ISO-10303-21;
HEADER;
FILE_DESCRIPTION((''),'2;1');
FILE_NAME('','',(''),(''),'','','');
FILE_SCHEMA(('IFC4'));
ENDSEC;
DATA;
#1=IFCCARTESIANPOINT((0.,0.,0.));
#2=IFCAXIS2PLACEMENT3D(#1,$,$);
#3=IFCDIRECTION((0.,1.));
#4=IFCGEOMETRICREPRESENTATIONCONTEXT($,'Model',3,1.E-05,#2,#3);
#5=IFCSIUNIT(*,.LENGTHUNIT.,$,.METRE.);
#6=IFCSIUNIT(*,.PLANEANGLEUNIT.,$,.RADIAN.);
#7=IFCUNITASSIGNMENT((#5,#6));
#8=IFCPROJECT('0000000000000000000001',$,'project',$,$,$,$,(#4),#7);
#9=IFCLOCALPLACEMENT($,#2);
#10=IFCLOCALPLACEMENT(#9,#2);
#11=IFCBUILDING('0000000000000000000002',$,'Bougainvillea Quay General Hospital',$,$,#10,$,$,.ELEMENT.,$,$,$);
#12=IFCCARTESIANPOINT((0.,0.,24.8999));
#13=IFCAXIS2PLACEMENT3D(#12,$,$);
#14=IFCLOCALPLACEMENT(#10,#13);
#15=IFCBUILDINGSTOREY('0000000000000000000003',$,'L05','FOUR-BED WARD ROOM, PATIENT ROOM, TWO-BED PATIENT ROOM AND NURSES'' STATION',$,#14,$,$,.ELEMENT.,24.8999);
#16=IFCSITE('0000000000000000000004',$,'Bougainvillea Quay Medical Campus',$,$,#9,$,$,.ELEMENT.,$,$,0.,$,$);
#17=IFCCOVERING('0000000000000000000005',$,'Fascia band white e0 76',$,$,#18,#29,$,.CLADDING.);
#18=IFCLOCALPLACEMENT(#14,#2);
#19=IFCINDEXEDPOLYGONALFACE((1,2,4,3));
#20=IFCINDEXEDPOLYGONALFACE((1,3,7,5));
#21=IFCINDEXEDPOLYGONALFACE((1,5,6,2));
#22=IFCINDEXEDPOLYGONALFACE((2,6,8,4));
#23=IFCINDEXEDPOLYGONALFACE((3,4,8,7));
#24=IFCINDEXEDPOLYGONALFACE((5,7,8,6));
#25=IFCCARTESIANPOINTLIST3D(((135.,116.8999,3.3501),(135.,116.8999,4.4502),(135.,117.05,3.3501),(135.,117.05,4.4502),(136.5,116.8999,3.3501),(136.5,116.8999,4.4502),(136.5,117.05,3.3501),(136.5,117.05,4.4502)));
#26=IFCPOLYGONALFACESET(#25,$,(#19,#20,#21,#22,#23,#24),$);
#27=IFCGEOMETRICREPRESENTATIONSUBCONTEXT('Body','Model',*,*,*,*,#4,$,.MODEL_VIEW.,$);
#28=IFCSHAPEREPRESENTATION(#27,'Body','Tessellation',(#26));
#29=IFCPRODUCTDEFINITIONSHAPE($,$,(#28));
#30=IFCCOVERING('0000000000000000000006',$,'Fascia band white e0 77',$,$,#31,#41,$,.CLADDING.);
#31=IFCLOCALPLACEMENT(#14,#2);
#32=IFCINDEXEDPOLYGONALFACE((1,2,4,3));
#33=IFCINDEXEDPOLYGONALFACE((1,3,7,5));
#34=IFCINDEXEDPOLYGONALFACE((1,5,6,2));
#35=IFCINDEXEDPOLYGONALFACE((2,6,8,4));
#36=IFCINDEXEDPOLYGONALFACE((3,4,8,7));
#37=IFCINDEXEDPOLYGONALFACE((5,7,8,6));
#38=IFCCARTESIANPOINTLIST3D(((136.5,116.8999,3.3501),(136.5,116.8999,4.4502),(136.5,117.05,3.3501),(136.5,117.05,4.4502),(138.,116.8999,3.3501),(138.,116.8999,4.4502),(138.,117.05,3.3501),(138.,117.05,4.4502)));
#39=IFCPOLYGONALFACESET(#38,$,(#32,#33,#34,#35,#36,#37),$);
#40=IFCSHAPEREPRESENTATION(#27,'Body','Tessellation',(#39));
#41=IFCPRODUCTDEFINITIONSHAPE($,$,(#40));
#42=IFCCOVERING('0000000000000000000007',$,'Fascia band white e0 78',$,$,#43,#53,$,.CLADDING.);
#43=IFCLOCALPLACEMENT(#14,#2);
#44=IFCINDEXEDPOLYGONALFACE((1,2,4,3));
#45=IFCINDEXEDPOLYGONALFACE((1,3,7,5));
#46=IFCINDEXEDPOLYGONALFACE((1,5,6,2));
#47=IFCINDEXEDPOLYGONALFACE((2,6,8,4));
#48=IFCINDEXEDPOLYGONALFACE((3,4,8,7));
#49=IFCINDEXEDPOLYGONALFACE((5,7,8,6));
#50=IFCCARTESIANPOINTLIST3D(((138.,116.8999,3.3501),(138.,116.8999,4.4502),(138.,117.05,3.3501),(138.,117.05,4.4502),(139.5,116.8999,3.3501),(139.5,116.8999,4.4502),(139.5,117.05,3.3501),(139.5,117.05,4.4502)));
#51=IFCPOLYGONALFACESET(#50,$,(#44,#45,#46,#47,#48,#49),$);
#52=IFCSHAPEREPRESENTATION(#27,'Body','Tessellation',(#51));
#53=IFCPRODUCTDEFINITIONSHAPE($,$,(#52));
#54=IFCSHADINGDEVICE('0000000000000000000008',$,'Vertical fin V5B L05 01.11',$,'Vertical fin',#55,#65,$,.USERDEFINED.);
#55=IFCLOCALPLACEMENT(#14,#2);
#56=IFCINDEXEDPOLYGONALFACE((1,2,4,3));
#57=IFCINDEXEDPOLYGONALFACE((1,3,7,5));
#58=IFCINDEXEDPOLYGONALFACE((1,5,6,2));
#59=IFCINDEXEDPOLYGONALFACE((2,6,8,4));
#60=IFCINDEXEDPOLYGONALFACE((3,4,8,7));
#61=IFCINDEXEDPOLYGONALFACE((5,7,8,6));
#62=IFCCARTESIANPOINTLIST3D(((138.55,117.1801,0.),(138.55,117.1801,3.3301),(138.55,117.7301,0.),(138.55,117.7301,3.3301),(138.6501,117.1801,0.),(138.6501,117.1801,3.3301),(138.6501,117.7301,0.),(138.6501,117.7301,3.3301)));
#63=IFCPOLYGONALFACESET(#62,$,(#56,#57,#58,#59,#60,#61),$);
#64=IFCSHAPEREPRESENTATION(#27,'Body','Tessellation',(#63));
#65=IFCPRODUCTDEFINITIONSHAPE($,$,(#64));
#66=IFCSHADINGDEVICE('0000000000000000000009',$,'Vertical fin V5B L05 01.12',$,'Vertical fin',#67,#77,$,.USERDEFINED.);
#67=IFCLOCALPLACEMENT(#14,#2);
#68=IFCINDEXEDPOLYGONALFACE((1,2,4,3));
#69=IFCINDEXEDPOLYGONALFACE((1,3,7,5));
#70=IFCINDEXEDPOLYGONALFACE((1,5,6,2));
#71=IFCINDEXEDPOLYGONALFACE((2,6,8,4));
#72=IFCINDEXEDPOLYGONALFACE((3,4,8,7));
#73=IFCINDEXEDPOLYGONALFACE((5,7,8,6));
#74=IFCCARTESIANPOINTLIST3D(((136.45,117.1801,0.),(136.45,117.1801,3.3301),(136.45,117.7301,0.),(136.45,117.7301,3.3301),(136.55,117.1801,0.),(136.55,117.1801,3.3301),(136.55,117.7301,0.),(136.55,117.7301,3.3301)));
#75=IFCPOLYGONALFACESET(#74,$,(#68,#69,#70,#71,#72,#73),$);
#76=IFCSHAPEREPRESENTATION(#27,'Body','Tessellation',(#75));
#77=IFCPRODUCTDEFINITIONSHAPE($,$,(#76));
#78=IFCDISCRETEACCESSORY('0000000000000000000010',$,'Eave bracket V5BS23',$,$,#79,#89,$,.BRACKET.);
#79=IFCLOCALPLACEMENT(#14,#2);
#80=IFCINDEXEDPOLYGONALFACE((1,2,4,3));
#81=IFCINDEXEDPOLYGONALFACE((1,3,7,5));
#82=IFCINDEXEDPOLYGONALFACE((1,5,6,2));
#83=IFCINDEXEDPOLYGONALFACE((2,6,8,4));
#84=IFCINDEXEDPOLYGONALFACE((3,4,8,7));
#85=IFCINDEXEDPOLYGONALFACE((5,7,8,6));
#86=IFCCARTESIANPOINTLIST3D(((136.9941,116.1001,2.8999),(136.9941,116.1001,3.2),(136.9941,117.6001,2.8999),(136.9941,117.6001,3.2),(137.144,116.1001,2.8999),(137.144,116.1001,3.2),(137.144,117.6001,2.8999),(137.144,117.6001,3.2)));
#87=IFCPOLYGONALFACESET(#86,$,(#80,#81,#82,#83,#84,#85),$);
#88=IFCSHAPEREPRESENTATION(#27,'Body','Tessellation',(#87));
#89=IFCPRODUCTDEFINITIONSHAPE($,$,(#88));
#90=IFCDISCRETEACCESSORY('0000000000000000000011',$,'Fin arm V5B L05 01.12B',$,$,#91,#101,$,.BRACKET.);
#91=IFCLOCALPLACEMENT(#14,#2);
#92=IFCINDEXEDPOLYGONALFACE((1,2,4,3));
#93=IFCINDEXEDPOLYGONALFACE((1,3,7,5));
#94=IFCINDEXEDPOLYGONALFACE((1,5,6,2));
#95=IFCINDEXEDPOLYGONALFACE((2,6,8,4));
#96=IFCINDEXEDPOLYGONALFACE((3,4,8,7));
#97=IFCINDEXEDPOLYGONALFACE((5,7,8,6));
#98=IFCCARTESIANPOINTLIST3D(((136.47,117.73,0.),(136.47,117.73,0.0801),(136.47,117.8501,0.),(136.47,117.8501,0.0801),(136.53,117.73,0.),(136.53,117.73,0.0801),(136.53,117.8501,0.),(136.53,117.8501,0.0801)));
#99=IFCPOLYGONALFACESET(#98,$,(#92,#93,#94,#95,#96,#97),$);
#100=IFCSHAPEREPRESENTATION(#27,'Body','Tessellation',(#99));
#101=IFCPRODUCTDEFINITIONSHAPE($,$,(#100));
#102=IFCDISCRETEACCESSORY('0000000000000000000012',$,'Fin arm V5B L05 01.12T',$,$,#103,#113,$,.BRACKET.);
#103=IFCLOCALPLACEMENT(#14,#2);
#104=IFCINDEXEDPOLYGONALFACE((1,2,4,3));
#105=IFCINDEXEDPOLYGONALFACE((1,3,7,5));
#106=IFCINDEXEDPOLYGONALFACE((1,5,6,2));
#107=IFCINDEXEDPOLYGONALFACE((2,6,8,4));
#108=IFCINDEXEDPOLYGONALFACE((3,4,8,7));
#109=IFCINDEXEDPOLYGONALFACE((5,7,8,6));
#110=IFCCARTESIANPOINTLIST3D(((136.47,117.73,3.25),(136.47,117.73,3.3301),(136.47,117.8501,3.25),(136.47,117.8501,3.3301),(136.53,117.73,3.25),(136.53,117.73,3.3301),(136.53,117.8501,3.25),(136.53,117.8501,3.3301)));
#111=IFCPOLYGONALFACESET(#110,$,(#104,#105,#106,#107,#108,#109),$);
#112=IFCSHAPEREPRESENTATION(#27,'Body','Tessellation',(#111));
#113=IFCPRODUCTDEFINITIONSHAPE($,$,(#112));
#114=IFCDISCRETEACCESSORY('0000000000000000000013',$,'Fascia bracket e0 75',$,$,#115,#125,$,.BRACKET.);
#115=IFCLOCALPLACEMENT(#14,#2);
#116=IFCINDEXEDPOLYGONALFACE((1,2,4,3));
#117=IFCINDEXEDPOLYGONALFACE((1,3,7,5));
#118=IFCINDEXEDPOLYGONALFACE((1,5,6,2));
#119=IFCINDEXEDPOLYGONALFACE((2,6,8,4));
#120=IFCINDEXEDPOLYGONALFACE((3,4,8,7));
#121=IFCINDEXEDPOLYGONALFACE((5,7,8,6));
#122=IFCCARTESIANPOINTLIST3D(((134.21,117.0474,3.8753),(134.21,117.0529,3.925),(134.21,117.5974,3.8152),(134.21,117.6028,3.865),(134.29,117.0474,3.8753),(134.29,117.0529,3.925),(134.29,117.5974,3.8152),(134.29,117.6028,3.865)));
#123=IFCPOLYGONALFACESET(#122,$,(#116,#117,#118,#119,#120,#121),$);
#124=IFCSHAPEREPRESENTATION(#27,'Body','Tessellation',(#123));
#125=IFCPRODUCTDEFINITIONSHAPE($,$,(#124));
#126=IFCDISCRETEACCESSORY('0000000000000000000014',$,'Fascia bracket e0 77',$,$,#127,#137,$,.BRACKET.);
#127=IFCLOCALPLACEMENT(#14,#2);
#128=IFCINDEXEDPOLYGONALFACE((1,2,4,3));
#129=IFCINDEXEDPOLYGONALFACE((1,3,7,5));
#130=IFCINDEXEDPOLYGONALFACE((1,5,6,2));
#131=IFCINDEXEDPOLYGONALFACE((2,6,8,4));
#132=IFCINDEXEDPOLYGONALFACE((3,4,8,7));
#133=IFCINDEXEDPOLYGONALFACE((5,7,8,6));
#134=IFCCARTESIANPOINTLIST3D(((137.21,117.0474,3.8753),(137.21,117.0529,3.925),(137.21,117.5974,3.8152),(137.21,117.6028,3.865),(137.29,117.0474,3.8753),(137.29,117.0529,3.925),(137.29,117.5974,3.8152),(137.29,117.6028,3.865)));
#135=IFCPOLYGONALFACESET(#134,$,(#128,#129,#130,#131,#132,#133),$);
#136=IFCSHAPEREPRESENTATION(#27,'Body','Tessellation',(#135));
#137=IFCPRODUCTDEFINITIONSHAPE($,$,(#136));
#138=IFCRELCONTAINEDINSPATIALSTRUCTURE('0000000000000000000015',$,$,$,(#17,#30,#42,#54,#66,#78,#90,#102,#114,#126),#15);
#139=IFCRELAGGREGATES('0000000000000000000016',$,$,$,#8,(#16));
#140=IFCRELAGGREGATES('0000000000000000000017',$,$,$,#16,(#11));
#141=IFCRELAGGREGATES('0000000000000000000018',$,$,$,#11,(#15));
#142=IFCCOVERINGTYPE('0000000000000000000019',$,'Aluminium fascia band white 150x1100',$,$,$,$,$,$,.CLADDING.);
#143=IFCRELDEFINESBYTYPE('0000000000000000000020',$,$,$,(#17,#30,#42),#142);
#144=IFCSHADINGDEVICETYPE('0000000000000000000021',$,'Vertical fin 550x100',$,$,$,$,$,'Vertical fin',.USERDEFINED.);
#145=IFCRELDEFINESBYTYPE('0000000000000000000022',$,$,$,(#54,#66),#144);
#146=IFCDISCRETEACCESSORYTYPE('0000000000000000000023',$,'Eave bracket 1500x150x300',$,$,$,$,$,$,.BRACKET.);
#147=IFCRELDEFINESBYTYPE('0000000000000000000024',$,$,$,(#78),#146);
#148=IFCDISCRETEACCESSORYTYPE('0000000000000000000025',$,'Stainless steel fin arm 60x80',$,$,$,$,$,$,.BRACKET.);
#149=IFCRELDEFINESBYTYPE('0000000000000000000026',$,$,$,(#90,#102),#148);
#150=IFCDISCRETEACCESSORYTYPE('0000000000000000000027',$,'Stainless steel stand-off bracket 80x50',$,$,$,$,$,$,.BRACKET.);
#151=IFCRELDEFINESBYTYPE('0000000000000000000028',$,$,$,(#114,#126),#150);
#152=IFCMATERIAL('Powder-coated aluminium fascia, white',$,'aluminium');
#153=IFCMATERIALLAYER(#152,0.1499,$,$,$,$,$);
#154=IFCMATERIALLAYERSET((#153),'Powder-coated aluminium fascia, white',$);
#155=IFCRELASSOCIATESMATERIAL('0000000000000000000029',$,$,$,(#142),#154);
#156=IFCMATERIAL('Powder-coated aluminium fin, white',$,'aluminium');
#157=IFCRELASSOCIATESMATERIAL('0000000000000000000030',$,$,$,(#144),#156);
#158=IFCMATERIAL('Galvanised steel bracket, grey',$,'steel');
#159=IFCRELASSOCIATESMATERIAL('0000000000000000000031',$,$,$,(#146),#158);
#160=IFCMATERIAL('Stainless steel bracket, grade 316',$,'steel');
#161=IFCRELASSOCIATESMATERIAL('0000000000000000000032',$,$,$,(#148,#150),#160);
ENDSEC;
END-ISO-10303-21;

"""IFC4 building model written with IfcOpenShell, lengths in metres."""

from ifc_helpers import new_model, si_unit, direction, frame, origin, origin_2d, place, context, subcontext, project, spatial, polyline, rectangle, outline, extrude, material, layer, layer_set, material_profile, profile_set, type_object, element, save


model = new_model("IFC4")

# Units and contexts
model_context = context("Model", 3, precision=1e-05, world=origin(), true_north=direction((0.0, 1.0)))
body_context = subcontext(model_context, "Body", "Model", "MODEL_VIEW")
ifc_project = project(units=[si_unit("LENGTHUNIT", "METRE"), si_unit("PLANEANGLEUNIT", "RADIAN")], contexts=[model_context])

# Site, building, storey
site_placement = place(None, origin())
site = spatial("IfcSite", under=ifc_project, at=site_placement, Name="Bougainvillea Quay Medical Campus", CompositionType="ELEMENT", RefElevation=0.0)
building_placement = place(site_placement, origin())
building = spatial("IfcBuilding", under=site, at=building_placement, Name="Bougainvillea Quay General Hospital", CompositionType="ELEMENT")
storey_placement = place(building_placement, frame((0.0, 0.0, 24.8999)))
storey = spatial("IfcBuildingStorey", under=building, at=storey_placement, Name="L05", Description="FOUR-BED WARD ROOM, PATIENT ROOM, TWO-BED PATIENT ROOM AND NURSES' STATION", CompositionType="ELEMENT", Elevation=24.8999)

# Coverings
ifc_material_1 = material(Name="Powder-coated aluminium fascia, white", Category="aluminium")
ifc_layer_1 = layer(ifc_material_1, 0.1499)
ifc_layer_set_1 = layer_set([ifc_layer_1], Name="Powder-coated aluminium fascia, white")
covering_type = type_object("IfcCoveringType", Name="Aluminium fascia band white 150x1100", PredefinedType="CLADDING", material=ifc_layer_set_1)
for number, where, z_axis, x_axis, name in (
    (1, (135.0, 117.05, 3.3501), (0.0, 0.0, 1.0), (1.0, 0.0, 0.0), "Fascia band white e0 76"),
    (2, (136.5, 117.05, 3.3501), (0.0, 0.0, 1.0), (1.0, 0.0, 0.0), "Fascia band white e0 77"),
    (3, (138.0, 117.05, 3.3501), (0.0, 0.0, 1.0), (1.0, 0.0, 0.0), "Fascia band white e0 78"),
):
    element("IfcCovering", number, at=place(storey_placement, frame(where, z_axis=z_axis, x_axis=x_axis)), inside=storey, type_object=covering_type, Name=name, PredefinedType="CLADDING", context=body_context, shape_type="SweptSolid", body=[
        extrude(outline(polyline([(0.0, 0.0), (1.5, 0.0), (1.5, -0.1501), (0.0, -0.1501), (0.0, 0.0)])), origin(), (0.0, 0.0, 1.0), 1.1001),
    ])

# Shading devices
ifc_material_2 = material(Name="Powder-coated aluminium fin, white", Category="aluminium")
ifc_material_profile_1 = material_profile(ifc_material_2, rectangle(XDim=0.55, YDim=0.1001, at=origin_2d()))
ifc_profile_set_1 = profile_set([ifc_material_profile_1], Name="Powder-coated aluminium fin, white")
shading_device_type = type_object("IfcShadingDeviceType", Name="Vertical fin 550x100", ElementType="Vertical fin", PredefinedType="USERDEFINED", material=ifc_profile_set_1)
for number, where, z_axis, x_axis, name in (
    (4, (138.6001, 117.4551, 0.0), (0.0, 0.0, 1.0), (0.0, -1.0, 0.0), "Vertical fin V5B L05 01.11"),
    (5, (136.5, 117.4551, 0.0), (0.0, 0.0, 1.0), (0.0, -1.0, 0.0), "Vertical fin V5B L05 01.12"),
):
    element("IfcShadingDevice", number, at=place(storey_placement, frame(where, z_axis=z_axis, x_axis=x_axis)), inside=storey, type_object=shading_device_type, Name=name, ObjectType="Vertical fin", PredefinedType="USERDEFINED", context=body_context, shape_type="SweptSolid", body=[
        extrude(rectangle(XDim=0.55, YDim=0.1001, at=origin_2d()), origin(), (0.0, 0.0, 1.0), 3.3301),
    ])

# Discrete accessories
ifc_material_3 = material(Name="Galvanised steel bracket, grey", Category="steel")
discrete_accessory_type_1 = type_object("IfcDiscreteAccessoryType", Name="Eave bracket 1500x150x300", PredefinedType="BRACKET", material=ifc_material_3)
discrete_accessory_placement = place(storey_placement, frame((137.0691, 116.8501, 2.8999), z_axis=(0.0, 0.0, 1.0), x_axis=(1.0, 0.0, 0.0)))
element("IfcDiscreteAccessory", 6, at=discrete_accessory_placement, inside=storey, type_object=discrete_accessory_type_1, Name="Eave bracket V5BS23", PredefinedType="BRACKET", context=body_context, shape_type="SweptSolid", body=[
    extrude(rectangle(XDim=0.1499, YDim=1.5, at=origin_2d()), origin(), (0.0, 0.0, 1.0), 0.3),
])
ifc_material_4 = material(Name="Stainless steel bracket, grade 316", Category="steel")
discrete_accessory_type_2 = type_object("IfcDiscreteAccessoryType", Name="Stainless steel fin arm 60x80", PredefinedType="BRACKET", material=ifc_material_4)
for number, where, z_axis, x_axis, name in (
    (7, (136.5, 117.79, 0.0), (0.0, 0.0, 1.0), (0.0, -1.0, 0.0), "Fin arm V5B L05 01.12B"),
    (8, (136.5, 117.79, 3.25), (0.0, 0.0, 1.0), (0.0, -1.0, 0.0), "Fin arm V5B L05 01.12T"),
):
    element("IfcDiscreteAccessory", number, at=place(storey_placement, frame(where, z_axis=z_axis, x_axis=x_axis)), inside=storey, type_object=discrete_accessory_type_2, Name=name, PredefinedType="BRACKET", context=body_context, shape_type="SweptSolid", body=[
        extrude(rectangle(XDim=0.1201, YDim=0.0601, at=origin_2d()), origin(), (0.0, 0.0, 1.0), 0.0801),
    ])
ifc_material_profile_2 = material_profile(ifc_material_4, rectangle(XDim=0.0801, YDim=0.05, at=origin_2d()))
ifc_profile_set_2 = profile_set([ifc_material_profile_2], Name="Stainless steel bracket, grade 316")
discrete_accessory_type_3 = type_object("IfcDiscreteAccessoryType", Name="Stainless steel stand-off bracket 80x50", PredefinedType="BRACKET", material=ifc_profile_set_2)
for number, where, z_axis, x_axis, name in (
    (9, (134.25, 117.6001, 3.8401), (0.0, -0.994092, 0.108543), (1.0, 0.0, 0.0), "Fascia bracket e0 75"),
    (10, (137.25, 117.6001, 3.8401), (0.0, -0.994092, 0.108543), (1.0, 0.0, 0.0), "Fascia bracket e0 77"),
):
    element("IfcDiscreteAccessory", number, at=place(storey_placement, frame(where, z_axis=z_axis, x_axis=x_axis)), inside=storey, type_object=discrete_accessory_type_3, Name=name, PredefinedType="BRACKET", context=body_context, shape_type="SweptSolid", body=[
        extrude(rectangle(XDim=0.0801, YDim=0.05, at=origin_2d()), origin(), (0.0, 0.0, 1.0), 0.5532),
    ])

save(model, "model.ifc")
